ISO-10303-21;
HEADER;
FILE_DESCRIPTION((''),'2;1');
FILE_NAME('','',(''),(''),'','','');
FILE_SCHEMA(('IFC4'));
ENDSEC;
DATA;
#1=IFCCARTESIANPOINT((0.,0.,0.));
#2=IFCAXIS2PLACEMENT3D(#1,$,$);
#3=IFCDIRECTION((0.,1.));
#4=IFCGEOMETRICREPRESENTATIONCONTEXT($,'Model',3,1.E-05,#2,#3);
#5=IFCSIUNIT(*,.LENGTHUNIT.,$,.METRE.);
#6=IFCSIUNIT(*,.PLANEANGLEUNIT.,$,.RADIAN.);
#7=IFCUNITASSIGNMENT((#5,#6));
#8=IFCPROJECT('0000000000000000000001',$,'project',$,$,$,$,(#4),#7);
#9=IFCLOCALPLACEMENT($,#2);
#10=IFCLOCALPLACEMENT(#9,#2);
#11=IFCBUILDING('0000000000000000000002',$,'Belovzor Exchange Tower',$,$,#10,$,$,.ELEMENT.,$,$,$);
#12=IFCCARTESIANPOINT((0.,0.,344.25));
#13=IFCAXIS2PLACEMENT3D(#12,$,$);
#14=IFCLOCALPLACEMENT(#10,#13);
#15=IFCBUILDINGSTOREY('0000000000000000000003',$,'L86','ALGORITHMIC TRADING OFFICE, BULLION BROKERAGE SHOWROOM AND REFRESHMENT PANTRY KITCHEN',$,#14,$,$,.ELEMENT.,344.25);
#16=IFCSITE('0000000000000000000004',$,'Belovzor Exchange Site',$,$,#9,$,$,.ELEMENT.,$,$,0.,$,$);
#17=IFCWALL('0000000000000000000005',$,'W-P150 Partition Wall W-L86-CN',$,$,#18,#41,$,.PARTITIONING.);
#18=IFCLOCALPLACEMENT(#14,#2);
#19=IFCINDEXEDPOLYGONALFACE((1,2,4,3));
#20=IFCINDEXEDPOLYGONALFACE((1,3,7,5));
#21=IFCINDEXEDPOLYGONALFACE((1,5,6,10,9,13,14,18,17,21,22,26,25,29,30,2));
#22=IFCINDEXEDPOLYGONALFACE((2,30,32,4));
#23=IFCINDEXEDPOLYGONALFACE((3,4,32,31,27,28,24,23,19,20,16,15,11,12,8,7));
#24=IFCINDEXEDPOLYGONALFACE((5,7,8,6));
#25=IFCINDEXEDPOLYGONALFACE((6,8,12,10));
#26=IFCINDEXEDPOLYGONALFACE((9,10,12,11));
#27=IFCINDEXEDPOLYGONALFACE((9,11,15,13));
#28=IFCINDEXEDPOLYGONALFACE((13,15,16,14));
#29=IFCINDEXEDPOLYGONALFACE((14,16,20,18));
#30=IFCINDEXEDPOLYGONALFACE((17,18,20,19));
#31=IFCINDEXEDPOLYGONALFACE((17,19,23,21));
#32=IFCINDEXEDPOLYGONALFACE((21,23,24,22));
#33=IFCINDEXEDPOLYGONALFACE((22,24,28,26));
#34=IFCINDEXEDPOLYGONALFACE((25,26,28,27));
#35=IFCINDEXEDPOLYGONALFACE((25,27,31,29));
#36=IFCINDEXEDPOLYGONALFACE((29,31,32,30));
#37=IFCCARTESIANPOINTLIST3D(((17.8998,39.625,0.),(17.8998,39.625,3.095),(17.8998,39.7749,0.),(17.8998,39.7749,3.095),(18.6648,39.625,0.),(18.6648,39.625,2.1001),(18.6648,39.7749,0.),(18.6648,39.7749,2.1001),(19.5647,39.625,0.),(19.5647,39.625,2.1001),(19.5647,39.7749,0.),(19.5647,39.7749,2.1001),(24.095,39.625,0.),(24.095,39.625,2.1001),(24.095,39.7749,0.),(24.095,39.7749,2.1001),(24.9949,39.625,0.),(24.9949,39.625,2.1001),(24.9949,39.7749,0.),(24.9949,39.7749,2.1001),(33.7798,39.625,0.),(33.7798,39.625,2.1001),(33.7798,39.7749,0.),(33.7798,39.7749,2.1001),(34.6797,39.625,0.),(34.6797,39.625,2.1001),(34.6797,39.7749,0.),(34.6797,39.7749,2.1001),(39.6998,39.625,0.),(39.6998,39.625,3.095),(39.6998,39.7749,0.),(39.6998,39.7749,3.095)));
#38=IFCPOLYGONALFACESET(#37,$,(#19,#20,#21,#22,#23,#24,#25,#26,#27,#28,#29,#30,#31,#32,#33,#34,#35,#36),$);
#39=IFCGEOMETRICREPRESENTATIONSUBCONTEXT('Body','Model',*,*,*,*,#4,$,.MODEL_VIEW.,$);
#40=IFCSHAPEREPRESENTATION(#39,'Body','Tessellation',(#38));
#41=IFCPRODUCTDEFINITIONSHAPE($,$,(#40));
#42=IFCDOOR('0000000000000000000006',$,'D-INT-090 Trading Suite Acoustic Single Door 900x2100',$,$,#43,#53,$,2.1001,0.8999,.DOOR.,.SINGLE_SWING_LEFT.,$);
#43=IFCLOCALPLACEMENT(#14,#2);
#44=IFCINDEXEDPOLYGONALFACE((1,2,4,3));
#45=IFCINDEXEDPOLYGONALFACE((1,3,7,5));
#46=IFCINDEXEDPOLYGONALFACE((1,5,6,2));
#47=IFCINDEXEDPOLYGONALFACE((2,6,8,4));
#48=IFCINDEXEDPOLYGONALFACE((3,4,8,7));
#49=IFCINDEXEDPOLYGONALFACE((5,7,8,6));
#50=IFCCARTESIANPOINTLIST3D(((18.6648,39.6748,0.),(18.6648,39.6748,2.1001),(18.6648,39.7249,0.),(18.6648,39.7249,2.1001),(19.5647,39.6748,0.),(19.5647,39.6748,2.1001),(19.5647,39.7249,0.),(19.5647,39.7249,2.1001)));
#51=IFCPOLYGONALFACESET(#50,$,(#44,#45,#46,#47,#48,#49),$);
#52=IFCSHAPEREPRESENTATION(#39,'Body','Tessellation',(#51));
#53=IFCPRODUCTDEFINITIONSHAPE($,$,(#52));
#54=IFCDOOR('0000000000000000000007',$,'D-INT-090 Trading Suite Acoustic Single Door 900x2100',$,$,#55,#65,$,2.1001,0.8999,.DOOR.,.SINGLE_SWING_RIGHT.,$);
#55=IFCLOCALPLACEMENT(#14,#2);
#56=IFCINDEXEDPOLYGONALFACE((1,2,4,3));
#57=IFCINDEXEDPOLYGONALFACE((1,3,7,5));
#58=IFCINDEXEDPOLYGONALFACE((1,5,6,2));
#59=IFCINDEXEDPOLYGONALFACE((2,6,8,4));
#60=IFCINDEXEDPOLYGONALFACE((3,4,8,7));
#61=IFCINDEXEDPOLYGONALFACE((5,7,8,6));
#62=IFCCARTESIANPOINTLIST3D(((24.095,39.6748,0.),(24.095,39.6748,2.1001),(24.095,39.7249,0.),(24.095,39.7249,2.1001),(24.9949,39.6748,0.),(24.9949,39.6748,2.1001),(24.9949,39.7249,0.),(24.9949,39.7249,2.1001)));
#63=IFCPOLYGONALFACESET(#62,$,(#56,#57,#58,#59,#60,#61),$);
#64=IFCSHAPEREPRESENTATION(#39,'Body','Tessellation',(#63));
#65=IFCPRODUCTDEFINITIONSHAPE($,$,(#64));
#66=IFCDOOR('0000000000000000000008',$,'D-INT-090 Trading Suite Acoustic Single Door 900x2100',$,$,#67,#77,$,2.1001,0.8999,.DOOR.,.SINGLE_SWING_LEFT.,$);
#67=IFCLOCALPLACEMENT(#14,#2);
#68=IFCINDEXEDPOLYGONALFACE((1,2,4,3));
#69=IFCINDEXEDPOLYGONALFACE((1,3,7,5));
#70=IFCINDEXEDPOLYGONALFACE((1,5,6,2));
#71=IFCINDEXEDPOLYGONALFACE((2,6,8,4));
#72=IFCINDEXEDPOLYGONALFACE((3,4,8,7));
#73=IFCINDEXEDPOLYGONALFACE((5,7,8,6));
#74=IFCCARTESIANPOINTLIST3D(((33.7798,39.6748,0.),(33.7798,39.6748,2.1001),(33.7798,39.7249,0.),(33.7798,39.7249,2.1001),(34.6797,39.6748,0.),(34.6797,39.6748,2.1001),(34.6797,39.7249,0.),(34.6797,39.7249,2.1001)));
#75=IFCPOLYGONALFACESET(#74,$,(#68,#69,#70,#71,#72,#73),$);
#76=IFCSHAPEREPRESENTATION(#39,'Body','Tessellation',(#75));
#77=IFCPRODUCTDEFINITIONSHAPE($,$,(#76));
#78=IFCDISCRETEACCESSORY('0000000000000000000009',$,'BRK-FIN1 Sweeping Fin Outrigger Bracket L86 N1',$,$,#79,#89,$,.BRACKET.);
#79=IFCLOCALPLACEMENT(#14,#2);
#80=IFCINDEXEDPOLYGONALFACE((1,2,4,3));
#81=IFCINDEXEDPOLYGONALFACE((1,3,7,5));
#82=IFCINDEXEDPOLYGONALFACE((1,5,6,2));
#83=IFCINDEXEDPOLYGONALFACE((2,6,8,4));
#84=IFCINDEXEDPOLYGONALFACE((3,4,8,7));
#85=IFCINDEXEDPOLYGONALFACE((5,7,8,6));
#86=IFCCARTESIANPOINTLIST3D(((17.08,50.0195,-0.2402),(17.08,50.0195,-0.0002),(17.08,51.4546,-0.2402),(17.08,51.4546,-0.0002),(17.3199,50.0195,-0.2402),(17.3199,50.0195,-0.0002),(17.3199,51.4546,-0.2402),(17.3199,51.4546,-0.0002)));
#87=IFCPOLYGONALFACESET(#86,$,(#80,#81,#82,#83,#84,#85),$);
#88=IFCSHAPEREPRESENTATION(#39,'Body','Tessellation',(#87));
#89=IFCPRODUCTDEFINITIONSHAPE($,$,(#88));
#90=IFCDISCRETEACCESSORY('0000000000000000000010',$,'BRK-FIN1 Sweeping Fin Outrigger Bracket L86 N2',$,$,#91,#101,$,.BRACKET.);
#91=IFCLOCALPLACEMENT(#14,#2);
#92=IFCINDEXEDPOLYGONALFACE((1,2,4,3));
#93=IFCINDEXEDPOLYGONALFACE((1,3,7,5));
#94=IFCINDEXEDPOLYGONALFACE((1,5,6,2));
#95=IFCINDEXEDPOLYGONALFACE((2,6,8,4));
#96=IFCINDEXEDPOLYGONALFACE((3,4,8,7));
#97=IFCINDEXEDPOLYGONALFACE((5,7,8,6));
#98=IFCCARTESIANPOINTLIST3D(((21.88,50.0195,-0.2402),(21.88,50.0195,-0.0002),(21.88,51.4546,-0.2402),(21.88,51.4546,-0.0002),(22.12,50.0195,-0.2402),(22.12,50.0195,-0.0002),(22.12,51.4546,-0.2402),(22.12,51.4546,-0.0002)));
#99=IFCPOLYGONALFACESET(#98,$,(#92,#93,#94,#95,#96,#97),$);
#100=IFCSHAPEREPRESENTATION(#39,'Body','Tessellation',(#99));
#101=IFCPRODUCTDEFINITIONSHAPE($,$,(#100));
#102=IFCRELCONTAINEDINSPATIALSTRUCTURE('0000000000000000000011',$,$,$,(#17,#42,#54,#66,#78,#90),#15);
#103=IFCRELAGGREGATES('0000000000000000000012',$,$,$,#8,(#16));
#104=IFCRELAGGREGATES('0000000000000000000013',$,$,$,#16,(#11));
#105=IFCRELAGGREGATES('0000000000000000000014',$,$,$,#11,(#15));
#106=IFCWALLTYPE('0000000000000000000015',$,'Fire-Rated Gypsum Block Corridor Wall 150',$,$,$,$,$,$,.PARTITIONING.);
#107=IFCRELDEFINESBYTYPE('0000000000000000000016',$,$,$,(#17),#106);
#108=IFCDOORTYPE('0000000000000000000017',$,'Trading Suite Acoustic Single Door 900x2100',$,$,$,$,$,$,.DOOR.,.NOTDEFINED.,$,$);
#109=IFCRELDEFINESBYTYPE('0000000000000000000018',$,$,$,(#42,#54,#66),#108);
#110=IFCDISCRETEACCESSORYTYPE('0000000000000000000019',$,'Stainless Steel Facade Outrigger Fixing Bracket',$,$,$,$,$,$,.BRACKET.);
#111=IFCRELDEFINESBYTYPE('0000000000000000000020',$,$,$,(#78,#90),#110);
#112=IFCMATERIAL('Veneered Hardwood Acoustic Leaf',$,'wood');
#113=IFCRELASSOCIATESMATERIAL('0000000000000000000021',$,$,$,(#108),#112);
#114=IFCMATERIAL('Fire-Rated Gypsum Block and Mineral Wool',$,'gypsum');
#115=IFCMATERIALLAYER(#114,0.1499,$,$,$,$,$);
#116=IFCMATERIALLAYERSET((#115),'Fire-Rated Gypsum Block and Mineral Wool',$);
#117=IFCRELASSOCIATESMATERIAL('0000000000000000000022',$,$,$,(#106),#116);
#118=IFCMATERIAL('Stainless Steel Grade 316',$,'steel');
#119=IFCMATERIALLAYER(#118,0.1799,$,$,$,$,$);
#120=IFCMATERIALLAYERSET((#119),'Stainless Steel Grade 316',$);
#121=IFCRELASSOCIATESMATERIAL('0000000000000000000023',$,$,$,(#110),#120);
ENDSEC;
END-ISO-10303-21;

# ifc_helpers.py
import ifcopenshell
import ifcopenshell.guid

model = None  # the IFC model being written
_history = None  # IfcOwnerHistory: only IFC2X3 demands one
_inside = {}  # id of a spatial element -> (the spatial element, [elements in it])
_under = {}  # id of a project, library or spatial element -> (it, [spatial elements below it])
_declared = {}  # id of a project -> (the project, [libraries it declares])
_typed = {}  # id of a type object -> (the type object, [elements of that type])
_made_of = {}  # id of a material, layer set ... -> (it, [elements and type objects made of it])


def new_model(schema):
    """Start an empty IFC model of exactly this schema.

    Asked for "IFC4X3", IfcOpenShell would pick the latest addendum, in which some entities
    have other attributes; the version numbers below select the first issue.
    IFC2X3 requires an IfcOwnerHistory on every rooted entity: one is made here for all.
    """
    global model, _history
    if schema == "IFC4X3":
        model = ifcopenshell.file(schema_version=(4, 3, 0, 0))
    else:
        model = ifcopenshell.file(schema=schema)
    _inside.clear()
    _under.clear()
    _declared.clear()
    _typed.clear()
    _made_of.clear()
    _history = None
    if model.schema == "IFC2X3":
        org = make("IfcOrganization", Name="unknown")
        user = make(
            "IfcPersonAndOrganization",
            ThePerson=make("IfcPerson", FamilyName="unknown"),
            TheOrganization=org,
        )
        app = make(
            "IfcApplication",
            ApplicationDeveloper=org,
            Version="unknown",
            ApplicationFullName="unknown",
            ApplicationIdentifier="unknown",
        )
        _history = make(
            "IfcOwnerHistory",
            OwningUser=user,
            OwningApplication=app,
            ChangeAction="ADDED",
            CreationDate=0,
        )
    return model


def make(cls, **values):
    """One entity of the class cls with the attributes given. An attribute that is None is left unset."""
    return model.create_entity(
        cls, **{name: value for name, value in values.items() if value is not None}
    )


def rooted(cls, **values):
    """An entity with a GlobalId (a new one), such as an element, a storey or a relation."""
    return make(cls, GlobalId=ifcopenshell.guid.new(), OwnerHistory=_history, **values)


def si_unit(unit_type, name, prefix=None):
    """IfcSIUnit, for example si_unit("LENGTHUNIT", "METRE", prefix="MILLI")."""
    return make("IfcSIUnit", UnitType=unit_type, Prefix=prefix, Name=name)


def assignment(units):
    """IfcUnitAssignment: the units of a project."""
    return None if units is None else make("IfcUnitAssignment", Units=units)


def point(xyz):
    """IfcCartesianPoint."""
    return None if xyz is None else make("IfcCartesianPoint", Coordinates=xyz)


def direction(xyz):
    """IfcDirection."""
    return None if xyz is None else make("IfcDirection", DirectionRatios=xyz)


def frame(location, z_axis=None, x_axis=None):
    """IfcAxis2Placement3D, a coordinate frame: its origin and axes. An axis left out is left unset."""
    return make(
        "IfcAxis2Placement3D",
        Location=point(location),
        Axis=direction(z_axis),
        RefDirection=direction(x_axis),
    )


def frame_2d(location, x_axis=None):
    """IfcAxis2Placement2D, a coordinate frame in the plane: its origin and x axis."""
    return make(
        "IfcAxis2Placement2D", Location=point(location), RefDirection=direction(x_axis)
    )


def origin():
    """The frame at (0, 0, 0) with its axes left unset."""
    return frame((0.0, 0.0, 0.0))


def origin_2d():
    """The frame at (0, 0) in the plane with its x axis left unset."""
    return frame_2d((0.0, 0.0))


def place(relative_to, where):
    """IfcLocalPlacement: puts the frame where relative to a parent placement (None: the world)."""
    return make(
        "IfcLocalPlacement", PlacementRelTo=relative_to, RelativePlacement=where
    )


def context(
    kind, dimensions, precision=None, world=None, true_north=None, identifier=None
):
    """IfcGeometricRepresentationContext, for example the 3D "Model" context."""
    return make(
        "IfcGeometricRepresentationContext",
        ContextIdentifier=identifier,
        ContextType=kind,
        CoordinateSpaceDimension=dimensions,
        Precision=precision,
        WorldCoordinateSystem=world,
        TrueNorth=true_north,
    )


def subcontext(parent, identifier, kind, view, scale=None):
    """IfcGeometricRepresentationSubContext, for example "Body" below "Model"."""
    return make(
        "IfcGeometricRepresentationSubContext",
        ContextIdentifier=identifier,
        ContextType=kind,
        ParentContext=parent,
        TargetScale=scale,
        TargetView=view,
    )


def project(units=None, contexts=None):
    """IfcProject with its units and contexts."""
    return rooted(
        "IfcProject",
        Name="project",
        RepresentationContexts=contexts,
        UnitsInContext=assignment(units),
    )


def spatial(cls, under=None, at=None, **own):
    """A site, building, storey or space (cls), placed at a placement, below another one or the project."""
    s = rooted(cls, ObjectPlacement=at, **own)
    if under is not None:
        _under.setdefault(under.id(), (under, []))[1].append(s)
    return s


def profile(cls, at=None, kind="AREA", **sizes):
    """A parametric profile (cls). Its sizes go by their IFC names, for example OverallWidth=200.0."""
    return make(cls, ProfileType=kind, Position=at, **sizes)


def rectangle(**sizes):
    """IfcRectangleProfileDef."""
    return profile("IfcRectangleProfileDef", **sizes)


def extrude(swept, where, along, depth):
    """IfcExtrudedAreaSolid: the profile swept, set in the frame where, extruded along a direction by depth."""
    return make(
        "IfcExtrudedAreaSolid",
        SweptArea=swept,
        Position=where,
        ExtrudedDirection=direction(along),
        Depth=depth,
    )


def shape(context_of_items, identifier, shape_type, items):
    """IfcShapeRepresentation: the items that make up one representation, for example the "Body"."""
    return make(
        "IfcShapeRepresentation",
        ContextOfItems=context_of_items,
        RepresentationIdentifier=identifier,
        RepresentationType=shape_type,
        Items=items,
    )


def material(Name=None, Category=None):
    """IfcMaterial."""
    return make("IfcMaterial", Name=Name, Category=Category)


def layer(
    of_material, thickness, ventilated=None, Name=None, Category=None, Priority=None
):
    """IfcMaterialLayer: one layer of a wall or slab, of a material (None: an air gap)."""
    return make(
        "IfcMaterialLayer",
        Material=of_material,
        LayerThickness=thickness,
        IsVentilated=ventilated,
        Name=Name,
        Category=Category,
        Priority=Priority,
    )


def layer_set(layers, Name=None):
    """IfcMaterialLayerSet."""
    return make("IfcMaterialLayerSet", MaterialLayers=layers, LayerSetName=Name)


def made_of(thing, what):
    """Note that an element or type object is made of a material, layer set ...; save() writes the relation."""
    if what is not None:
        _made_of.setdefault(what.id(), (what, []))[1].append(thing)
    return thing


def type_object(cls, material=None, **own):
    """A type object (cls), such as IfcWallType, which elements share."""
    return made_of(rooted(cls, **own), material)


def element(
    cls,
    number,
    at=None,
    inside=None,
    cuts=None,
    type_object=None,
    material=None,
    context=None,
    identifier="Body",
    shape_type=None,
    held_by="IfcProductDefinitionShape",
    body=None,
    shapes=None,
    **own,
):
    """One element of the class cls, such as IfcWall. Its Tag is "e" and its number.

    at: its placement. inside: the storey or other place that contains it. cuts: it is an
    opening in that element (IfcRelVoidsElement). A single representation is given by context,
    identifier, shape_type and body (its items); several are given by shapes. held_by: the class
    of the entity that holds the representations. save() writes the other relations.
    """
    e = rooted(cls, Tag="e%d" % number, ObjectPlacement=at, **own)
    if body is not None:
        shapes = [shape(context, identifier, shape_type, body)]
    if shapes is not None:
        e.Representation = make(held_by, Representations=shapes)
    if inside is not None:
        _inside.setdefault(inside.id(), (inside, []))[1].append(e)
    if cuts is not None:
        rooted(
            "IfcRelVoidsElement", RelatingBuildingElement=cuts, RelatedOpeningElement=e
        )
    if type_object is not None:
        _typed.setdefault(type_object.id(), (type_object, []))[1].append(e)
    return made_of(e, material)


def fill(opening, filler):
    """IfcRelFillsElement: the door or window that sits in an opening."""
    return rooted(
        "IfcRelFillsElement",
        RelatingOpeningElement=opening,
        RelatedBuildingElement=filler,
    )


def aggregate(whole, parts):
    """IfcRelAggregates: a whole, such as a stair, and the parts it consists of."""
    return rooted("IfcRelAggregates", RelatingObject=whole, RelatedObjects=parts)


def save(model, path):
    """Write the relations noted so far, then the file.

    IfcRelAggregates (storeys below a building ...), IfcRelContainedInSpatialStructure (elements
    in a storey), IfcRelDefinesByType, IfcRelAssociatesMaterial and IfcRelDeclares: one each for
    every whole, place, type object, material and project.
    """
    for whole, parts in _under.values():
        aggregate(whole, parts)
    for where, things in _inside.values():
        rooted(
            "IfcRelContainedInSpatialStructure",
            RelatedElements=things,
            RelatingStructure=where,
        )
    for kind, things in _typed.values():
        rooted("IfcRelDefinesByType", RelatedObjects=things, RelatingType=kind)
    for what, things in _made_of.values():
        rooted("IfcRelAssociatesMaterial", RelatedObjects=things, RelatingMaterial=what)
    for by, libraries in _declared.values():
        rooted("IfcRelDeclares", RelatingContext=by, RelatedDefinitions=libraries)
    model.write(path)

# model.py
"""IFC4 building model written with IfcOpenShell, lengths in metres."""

from ifc_helpers import new_model, si_unit, direction, frame, frame_2d, origin, origin_2d, place, context, subcontext, project, spatial, rectangle, extrude, material, layer, layer_set, type_object, element, fill, save


model = new_model("IFC4")

# Units and contexts
model_context = context("Model", 3, precision=1e-05, world=origin(), true_north=direction((0.0, 1.0)))
body_context = subcontext(model_context, "Body", "Model", "MODEL_VIEW")
ifc_project = project(units=[si_unit("LENGTHUNIT", "METRE"), si_unit("PLANEANGLEUNIT", "RADIAN")], contexts=[model_context])

# Site, building, storey
site_placement = place(None, origin())
site = spatial("IfcSite", under=ifc_project, at=site_placement, Name="Belovzor Exchange Site", CompositionType="ELEMENT", RefElevation=0.0)
building_placement = place(site_placement, origin())
building = spatial("IfcBuilding", under=site, at=building_placement, Name="Belovzor Exchange Tower", CompositionType="ELEMENT")
storey_placement = place(building_placement, frame((0.0, 0.0, 344.25)))
storey = spatial("IfcBuildingStorey", under=building, at=storey_placement, Name="L86", Description="ALGORITHMIC TRADING OFFICE, BULLION BROKERAGE SHOWROOM AND REFRESHMENT PANTRY KITCHEN", CompositionType="ELEMENT", Elevation=344.25)

# Shared definitions
ifc_material_1 = material(Name="Veneered Hardwood Acoustic Leaf", Category="wood")
door_type = type_object("IfcDoorType", Name="Trading Suite Acoustic Single Door 900x2100", OperationType="NOTDEFINED", PredefinedType="DOOR", material=ifc_material_1)

# Wall, openings, doors
ifc_material_2 = material(Name="Fire-Rated Gypsum Block and Mineral Wool", Category="gypsum")
ifc_layer_1 = layer(ifc_material_2, 0.1499)
ifc_layer_set_1 = layer_set([ifc_layer_1], Name="Fire-Rated Gypsum Block and Mineral Wool")
wall_type_1 = type_object("IfcWallType", Name="Fire-Rated Gypsum Block Corridor Wall 150", PredefinedType="PARTITIONING", material=ifc_layer_set_1)
wall_1_placement = place(storey_placement, frame((17.8999, 39.7, 0.0), z_axis=(0.0, 0.0, 1.0), x_axis=(1.0, 0.0, 0.0)))
wall_1 = element("IfcWall", 1, at=wall_1_placement, inside=storey, type_object=wall_type_1, Name="W-P150 Partition Wall W-L86-CN", PredefinedType="PARTITIONING", context=body_context, shape_type="SweptSolid", body=[
    extrude(rectangle(XDim=21.8, YDim=0.1499, at=frame_2d((10.8999, 0.0))), origin(), (0.0, 0.0, 1.0), 3.095),
])
opening_1_placement = place(wall_1_placement, frame((0.7649, 0.0, 0.0)))
opening_1 = element("IfcOpeningElement", 2, at=opening_1_placement, cuts=wall_1, PredefinedType="OPENING", context=body_context, shape_type="SweptSolid", body=[
    extrude(rectangle(XDim=0.8999, YDim=2.1001, at=frame_2d((0.45, 1.05))), frame((0.0, 0.085, 0.0), z_axis=(0.0, -1.0, 0.0), x_axis=(1.0, 0.0, 0.0)), (0.0, 0.0, 1.0), 0.1699),
])
opening_2_placement = place(wall_1_placement, frame((6.1951, 0.0, 0.0)))
opening_2 = element("IfcOpeningElement", 3, at=opening_2_placement, cuts=wall_1, PredefinedType="OPENING", context=body_context, shape_type="SweptSolid", body=[
    extrude(rectangle(XDim=0.8999, YDim=2.1001, at=frame_2d((0.45, 1.05))), frame((0.0, 0.085, 0.0), z_axis=(0.0, -1.0, 0.0), x_axis=(1.0, 0.0, 0.0)), (0.0, 0.0, 1.0), 0.1699),
])
opening_3_placement = place(wall_1_placement, frame((15.8799, 0.0, 0.0)))
opening_3 = element("IfcOpeningElement", 4, at=opening_3_placement, cuts=wall_1, PredefinedType="OPENING", context=body_context, shape_type="SweptSolid", body=[
    extrude(rectangle(XDim=0.8999, YDim=2.1001, at=frame_2d((0.45, 1.05))), frame((0.0, 0.085, 0.0), z_axis=(0.0, -1.0, 0.0), x_axis=(1.0, 0.0, 0.0)), (0.0, 0.0, 1.0), 0.1699),
])
door_1_placement = place(opening_1_placement, origin())
door_1 = element("IfcDoor", 5, at=door_1_placement, inside=storey, type_object=door_type, Name="D-INT-090 Trading Suite Acoustic Single Door 900x2100", OperationType="SINGLE_SWING_LEFT", OverallHeight=2.1001, OverallWidth=0.8999, PredefinedType="DOOR", context=body_context, shape_type="SweptSolid", body=[
    extrude(rectangle(XDim=0.8999, YDim=2.1001, at=frame_2d((0.45, 1.05))), frame((0.0, 0.0249, 0.0), z_axis=(0.0, -1.0, 0.0), x_axis=(1.0, 0.0, 0.0)), (0.0, 0.0, 1.0), 0.05),
])
fill(opening_1, door_1)
door_2_placement = place(opening_2_placement, origin())
door_2 = element("IfcDoor", 6, at=door_2_placement, inside=storey, type_object=door_type, Name="D-INT-090 Trading Suite Acoustic Single Door 900x2100", OperationType="SINGLE_SWING_RIGHT", OverallHeight=2.1001, OverallWidth=0.8999, PredefinedType="DOOR", context=body_context, shape_type="SweptSolid", body=[
    extrude(rectangle(XDim=0.8999, YDim=2.1001, at=frame_2d((0.45, 1.05))), frame((0.0, 0.0249, 0.0), z_axis=(0.0, -1.0, 0.0), x_axis=(1.0, 0.0, 0.0)), (0.0, 0.0, 1.0), 0.05),
])
fill(opening_2, door_2)
door_3_placement = place(opening_3_placement, origin())
door_3 = element("IfcDoor", 7, at=door_3_placement, inside=storey, type_object=door_type, Name="D-INT-090 Trading Suite Acoustic Single Door 900x2100", OperationType="SINGLE_SWING_LEFT", OverallHeight=2.1001, OverallWidth=0.8999, PredefinedType="DOOR", context=body_context, shape_type="SweptSolid", body=[
    extrude(rectangle(XDim=0.8999, YDim=2.1001, at=frame_2d((0.45, 1.05))), frame((0.0, 0.0249, 0.0), z_axis=(0.0, -1.0, 0.0), x_axis=(1.0, 0.0, 0.0)), (0.0, 0.0, 1.0), 0.05),
])
fill(opening_3, door_3)

# Discrete accessories
ifc_material_3 = material(Name="Stainless Steel Grade 316", Category="steel")
ifc_layer_2 = layer(ifc_material_3, 0.1799)
ifc_layer_set_2 = layer_set([ifc_layer_2], Name="Stainless Steel Grade 316")
discrete_accessory_type = type_object("IfcDiscreteAccessoryType", Name="Stainless Steel Facade Outrigger Fixing Bracket", PredefinedType="BRACKET", material=ifc_layer_set_2)
for number, where, z_axis, x_axis, name in (
    (8, (17.2, 50.7371, -0.2402), (0.0, 0.0, 1.0), (0.0, 1.0, 0.0), "BRK-FIN1 Sweeping Fin Outrigger Bracket L86 N1"),
    (9, (22.0, 50.7371, -0.2402), (0.0, 0.0, 1.0), (0.0, 1.0, 0.0), "BRK-FIN1 Sweeping Fin Outrigger Bracket L86 N2"),
):
    element("IfcDiscreteAccessory", number, at=place(storey_placement, frame(where, z_axis=z_axis, x_axis=x_axis)), inside=storey, type_object=discrete_accessory_type, Name=name, PredefinedType="BRACKET", context=body_context, shape_type="SweptSolid", body=[
        extrude(rectangle(XDim=1.4351, YDim=0.24, at=origin_2d()), origin(), (0.0, 0.0, 1.0), 0.24),
    ])

save(model, "model.ifc")
